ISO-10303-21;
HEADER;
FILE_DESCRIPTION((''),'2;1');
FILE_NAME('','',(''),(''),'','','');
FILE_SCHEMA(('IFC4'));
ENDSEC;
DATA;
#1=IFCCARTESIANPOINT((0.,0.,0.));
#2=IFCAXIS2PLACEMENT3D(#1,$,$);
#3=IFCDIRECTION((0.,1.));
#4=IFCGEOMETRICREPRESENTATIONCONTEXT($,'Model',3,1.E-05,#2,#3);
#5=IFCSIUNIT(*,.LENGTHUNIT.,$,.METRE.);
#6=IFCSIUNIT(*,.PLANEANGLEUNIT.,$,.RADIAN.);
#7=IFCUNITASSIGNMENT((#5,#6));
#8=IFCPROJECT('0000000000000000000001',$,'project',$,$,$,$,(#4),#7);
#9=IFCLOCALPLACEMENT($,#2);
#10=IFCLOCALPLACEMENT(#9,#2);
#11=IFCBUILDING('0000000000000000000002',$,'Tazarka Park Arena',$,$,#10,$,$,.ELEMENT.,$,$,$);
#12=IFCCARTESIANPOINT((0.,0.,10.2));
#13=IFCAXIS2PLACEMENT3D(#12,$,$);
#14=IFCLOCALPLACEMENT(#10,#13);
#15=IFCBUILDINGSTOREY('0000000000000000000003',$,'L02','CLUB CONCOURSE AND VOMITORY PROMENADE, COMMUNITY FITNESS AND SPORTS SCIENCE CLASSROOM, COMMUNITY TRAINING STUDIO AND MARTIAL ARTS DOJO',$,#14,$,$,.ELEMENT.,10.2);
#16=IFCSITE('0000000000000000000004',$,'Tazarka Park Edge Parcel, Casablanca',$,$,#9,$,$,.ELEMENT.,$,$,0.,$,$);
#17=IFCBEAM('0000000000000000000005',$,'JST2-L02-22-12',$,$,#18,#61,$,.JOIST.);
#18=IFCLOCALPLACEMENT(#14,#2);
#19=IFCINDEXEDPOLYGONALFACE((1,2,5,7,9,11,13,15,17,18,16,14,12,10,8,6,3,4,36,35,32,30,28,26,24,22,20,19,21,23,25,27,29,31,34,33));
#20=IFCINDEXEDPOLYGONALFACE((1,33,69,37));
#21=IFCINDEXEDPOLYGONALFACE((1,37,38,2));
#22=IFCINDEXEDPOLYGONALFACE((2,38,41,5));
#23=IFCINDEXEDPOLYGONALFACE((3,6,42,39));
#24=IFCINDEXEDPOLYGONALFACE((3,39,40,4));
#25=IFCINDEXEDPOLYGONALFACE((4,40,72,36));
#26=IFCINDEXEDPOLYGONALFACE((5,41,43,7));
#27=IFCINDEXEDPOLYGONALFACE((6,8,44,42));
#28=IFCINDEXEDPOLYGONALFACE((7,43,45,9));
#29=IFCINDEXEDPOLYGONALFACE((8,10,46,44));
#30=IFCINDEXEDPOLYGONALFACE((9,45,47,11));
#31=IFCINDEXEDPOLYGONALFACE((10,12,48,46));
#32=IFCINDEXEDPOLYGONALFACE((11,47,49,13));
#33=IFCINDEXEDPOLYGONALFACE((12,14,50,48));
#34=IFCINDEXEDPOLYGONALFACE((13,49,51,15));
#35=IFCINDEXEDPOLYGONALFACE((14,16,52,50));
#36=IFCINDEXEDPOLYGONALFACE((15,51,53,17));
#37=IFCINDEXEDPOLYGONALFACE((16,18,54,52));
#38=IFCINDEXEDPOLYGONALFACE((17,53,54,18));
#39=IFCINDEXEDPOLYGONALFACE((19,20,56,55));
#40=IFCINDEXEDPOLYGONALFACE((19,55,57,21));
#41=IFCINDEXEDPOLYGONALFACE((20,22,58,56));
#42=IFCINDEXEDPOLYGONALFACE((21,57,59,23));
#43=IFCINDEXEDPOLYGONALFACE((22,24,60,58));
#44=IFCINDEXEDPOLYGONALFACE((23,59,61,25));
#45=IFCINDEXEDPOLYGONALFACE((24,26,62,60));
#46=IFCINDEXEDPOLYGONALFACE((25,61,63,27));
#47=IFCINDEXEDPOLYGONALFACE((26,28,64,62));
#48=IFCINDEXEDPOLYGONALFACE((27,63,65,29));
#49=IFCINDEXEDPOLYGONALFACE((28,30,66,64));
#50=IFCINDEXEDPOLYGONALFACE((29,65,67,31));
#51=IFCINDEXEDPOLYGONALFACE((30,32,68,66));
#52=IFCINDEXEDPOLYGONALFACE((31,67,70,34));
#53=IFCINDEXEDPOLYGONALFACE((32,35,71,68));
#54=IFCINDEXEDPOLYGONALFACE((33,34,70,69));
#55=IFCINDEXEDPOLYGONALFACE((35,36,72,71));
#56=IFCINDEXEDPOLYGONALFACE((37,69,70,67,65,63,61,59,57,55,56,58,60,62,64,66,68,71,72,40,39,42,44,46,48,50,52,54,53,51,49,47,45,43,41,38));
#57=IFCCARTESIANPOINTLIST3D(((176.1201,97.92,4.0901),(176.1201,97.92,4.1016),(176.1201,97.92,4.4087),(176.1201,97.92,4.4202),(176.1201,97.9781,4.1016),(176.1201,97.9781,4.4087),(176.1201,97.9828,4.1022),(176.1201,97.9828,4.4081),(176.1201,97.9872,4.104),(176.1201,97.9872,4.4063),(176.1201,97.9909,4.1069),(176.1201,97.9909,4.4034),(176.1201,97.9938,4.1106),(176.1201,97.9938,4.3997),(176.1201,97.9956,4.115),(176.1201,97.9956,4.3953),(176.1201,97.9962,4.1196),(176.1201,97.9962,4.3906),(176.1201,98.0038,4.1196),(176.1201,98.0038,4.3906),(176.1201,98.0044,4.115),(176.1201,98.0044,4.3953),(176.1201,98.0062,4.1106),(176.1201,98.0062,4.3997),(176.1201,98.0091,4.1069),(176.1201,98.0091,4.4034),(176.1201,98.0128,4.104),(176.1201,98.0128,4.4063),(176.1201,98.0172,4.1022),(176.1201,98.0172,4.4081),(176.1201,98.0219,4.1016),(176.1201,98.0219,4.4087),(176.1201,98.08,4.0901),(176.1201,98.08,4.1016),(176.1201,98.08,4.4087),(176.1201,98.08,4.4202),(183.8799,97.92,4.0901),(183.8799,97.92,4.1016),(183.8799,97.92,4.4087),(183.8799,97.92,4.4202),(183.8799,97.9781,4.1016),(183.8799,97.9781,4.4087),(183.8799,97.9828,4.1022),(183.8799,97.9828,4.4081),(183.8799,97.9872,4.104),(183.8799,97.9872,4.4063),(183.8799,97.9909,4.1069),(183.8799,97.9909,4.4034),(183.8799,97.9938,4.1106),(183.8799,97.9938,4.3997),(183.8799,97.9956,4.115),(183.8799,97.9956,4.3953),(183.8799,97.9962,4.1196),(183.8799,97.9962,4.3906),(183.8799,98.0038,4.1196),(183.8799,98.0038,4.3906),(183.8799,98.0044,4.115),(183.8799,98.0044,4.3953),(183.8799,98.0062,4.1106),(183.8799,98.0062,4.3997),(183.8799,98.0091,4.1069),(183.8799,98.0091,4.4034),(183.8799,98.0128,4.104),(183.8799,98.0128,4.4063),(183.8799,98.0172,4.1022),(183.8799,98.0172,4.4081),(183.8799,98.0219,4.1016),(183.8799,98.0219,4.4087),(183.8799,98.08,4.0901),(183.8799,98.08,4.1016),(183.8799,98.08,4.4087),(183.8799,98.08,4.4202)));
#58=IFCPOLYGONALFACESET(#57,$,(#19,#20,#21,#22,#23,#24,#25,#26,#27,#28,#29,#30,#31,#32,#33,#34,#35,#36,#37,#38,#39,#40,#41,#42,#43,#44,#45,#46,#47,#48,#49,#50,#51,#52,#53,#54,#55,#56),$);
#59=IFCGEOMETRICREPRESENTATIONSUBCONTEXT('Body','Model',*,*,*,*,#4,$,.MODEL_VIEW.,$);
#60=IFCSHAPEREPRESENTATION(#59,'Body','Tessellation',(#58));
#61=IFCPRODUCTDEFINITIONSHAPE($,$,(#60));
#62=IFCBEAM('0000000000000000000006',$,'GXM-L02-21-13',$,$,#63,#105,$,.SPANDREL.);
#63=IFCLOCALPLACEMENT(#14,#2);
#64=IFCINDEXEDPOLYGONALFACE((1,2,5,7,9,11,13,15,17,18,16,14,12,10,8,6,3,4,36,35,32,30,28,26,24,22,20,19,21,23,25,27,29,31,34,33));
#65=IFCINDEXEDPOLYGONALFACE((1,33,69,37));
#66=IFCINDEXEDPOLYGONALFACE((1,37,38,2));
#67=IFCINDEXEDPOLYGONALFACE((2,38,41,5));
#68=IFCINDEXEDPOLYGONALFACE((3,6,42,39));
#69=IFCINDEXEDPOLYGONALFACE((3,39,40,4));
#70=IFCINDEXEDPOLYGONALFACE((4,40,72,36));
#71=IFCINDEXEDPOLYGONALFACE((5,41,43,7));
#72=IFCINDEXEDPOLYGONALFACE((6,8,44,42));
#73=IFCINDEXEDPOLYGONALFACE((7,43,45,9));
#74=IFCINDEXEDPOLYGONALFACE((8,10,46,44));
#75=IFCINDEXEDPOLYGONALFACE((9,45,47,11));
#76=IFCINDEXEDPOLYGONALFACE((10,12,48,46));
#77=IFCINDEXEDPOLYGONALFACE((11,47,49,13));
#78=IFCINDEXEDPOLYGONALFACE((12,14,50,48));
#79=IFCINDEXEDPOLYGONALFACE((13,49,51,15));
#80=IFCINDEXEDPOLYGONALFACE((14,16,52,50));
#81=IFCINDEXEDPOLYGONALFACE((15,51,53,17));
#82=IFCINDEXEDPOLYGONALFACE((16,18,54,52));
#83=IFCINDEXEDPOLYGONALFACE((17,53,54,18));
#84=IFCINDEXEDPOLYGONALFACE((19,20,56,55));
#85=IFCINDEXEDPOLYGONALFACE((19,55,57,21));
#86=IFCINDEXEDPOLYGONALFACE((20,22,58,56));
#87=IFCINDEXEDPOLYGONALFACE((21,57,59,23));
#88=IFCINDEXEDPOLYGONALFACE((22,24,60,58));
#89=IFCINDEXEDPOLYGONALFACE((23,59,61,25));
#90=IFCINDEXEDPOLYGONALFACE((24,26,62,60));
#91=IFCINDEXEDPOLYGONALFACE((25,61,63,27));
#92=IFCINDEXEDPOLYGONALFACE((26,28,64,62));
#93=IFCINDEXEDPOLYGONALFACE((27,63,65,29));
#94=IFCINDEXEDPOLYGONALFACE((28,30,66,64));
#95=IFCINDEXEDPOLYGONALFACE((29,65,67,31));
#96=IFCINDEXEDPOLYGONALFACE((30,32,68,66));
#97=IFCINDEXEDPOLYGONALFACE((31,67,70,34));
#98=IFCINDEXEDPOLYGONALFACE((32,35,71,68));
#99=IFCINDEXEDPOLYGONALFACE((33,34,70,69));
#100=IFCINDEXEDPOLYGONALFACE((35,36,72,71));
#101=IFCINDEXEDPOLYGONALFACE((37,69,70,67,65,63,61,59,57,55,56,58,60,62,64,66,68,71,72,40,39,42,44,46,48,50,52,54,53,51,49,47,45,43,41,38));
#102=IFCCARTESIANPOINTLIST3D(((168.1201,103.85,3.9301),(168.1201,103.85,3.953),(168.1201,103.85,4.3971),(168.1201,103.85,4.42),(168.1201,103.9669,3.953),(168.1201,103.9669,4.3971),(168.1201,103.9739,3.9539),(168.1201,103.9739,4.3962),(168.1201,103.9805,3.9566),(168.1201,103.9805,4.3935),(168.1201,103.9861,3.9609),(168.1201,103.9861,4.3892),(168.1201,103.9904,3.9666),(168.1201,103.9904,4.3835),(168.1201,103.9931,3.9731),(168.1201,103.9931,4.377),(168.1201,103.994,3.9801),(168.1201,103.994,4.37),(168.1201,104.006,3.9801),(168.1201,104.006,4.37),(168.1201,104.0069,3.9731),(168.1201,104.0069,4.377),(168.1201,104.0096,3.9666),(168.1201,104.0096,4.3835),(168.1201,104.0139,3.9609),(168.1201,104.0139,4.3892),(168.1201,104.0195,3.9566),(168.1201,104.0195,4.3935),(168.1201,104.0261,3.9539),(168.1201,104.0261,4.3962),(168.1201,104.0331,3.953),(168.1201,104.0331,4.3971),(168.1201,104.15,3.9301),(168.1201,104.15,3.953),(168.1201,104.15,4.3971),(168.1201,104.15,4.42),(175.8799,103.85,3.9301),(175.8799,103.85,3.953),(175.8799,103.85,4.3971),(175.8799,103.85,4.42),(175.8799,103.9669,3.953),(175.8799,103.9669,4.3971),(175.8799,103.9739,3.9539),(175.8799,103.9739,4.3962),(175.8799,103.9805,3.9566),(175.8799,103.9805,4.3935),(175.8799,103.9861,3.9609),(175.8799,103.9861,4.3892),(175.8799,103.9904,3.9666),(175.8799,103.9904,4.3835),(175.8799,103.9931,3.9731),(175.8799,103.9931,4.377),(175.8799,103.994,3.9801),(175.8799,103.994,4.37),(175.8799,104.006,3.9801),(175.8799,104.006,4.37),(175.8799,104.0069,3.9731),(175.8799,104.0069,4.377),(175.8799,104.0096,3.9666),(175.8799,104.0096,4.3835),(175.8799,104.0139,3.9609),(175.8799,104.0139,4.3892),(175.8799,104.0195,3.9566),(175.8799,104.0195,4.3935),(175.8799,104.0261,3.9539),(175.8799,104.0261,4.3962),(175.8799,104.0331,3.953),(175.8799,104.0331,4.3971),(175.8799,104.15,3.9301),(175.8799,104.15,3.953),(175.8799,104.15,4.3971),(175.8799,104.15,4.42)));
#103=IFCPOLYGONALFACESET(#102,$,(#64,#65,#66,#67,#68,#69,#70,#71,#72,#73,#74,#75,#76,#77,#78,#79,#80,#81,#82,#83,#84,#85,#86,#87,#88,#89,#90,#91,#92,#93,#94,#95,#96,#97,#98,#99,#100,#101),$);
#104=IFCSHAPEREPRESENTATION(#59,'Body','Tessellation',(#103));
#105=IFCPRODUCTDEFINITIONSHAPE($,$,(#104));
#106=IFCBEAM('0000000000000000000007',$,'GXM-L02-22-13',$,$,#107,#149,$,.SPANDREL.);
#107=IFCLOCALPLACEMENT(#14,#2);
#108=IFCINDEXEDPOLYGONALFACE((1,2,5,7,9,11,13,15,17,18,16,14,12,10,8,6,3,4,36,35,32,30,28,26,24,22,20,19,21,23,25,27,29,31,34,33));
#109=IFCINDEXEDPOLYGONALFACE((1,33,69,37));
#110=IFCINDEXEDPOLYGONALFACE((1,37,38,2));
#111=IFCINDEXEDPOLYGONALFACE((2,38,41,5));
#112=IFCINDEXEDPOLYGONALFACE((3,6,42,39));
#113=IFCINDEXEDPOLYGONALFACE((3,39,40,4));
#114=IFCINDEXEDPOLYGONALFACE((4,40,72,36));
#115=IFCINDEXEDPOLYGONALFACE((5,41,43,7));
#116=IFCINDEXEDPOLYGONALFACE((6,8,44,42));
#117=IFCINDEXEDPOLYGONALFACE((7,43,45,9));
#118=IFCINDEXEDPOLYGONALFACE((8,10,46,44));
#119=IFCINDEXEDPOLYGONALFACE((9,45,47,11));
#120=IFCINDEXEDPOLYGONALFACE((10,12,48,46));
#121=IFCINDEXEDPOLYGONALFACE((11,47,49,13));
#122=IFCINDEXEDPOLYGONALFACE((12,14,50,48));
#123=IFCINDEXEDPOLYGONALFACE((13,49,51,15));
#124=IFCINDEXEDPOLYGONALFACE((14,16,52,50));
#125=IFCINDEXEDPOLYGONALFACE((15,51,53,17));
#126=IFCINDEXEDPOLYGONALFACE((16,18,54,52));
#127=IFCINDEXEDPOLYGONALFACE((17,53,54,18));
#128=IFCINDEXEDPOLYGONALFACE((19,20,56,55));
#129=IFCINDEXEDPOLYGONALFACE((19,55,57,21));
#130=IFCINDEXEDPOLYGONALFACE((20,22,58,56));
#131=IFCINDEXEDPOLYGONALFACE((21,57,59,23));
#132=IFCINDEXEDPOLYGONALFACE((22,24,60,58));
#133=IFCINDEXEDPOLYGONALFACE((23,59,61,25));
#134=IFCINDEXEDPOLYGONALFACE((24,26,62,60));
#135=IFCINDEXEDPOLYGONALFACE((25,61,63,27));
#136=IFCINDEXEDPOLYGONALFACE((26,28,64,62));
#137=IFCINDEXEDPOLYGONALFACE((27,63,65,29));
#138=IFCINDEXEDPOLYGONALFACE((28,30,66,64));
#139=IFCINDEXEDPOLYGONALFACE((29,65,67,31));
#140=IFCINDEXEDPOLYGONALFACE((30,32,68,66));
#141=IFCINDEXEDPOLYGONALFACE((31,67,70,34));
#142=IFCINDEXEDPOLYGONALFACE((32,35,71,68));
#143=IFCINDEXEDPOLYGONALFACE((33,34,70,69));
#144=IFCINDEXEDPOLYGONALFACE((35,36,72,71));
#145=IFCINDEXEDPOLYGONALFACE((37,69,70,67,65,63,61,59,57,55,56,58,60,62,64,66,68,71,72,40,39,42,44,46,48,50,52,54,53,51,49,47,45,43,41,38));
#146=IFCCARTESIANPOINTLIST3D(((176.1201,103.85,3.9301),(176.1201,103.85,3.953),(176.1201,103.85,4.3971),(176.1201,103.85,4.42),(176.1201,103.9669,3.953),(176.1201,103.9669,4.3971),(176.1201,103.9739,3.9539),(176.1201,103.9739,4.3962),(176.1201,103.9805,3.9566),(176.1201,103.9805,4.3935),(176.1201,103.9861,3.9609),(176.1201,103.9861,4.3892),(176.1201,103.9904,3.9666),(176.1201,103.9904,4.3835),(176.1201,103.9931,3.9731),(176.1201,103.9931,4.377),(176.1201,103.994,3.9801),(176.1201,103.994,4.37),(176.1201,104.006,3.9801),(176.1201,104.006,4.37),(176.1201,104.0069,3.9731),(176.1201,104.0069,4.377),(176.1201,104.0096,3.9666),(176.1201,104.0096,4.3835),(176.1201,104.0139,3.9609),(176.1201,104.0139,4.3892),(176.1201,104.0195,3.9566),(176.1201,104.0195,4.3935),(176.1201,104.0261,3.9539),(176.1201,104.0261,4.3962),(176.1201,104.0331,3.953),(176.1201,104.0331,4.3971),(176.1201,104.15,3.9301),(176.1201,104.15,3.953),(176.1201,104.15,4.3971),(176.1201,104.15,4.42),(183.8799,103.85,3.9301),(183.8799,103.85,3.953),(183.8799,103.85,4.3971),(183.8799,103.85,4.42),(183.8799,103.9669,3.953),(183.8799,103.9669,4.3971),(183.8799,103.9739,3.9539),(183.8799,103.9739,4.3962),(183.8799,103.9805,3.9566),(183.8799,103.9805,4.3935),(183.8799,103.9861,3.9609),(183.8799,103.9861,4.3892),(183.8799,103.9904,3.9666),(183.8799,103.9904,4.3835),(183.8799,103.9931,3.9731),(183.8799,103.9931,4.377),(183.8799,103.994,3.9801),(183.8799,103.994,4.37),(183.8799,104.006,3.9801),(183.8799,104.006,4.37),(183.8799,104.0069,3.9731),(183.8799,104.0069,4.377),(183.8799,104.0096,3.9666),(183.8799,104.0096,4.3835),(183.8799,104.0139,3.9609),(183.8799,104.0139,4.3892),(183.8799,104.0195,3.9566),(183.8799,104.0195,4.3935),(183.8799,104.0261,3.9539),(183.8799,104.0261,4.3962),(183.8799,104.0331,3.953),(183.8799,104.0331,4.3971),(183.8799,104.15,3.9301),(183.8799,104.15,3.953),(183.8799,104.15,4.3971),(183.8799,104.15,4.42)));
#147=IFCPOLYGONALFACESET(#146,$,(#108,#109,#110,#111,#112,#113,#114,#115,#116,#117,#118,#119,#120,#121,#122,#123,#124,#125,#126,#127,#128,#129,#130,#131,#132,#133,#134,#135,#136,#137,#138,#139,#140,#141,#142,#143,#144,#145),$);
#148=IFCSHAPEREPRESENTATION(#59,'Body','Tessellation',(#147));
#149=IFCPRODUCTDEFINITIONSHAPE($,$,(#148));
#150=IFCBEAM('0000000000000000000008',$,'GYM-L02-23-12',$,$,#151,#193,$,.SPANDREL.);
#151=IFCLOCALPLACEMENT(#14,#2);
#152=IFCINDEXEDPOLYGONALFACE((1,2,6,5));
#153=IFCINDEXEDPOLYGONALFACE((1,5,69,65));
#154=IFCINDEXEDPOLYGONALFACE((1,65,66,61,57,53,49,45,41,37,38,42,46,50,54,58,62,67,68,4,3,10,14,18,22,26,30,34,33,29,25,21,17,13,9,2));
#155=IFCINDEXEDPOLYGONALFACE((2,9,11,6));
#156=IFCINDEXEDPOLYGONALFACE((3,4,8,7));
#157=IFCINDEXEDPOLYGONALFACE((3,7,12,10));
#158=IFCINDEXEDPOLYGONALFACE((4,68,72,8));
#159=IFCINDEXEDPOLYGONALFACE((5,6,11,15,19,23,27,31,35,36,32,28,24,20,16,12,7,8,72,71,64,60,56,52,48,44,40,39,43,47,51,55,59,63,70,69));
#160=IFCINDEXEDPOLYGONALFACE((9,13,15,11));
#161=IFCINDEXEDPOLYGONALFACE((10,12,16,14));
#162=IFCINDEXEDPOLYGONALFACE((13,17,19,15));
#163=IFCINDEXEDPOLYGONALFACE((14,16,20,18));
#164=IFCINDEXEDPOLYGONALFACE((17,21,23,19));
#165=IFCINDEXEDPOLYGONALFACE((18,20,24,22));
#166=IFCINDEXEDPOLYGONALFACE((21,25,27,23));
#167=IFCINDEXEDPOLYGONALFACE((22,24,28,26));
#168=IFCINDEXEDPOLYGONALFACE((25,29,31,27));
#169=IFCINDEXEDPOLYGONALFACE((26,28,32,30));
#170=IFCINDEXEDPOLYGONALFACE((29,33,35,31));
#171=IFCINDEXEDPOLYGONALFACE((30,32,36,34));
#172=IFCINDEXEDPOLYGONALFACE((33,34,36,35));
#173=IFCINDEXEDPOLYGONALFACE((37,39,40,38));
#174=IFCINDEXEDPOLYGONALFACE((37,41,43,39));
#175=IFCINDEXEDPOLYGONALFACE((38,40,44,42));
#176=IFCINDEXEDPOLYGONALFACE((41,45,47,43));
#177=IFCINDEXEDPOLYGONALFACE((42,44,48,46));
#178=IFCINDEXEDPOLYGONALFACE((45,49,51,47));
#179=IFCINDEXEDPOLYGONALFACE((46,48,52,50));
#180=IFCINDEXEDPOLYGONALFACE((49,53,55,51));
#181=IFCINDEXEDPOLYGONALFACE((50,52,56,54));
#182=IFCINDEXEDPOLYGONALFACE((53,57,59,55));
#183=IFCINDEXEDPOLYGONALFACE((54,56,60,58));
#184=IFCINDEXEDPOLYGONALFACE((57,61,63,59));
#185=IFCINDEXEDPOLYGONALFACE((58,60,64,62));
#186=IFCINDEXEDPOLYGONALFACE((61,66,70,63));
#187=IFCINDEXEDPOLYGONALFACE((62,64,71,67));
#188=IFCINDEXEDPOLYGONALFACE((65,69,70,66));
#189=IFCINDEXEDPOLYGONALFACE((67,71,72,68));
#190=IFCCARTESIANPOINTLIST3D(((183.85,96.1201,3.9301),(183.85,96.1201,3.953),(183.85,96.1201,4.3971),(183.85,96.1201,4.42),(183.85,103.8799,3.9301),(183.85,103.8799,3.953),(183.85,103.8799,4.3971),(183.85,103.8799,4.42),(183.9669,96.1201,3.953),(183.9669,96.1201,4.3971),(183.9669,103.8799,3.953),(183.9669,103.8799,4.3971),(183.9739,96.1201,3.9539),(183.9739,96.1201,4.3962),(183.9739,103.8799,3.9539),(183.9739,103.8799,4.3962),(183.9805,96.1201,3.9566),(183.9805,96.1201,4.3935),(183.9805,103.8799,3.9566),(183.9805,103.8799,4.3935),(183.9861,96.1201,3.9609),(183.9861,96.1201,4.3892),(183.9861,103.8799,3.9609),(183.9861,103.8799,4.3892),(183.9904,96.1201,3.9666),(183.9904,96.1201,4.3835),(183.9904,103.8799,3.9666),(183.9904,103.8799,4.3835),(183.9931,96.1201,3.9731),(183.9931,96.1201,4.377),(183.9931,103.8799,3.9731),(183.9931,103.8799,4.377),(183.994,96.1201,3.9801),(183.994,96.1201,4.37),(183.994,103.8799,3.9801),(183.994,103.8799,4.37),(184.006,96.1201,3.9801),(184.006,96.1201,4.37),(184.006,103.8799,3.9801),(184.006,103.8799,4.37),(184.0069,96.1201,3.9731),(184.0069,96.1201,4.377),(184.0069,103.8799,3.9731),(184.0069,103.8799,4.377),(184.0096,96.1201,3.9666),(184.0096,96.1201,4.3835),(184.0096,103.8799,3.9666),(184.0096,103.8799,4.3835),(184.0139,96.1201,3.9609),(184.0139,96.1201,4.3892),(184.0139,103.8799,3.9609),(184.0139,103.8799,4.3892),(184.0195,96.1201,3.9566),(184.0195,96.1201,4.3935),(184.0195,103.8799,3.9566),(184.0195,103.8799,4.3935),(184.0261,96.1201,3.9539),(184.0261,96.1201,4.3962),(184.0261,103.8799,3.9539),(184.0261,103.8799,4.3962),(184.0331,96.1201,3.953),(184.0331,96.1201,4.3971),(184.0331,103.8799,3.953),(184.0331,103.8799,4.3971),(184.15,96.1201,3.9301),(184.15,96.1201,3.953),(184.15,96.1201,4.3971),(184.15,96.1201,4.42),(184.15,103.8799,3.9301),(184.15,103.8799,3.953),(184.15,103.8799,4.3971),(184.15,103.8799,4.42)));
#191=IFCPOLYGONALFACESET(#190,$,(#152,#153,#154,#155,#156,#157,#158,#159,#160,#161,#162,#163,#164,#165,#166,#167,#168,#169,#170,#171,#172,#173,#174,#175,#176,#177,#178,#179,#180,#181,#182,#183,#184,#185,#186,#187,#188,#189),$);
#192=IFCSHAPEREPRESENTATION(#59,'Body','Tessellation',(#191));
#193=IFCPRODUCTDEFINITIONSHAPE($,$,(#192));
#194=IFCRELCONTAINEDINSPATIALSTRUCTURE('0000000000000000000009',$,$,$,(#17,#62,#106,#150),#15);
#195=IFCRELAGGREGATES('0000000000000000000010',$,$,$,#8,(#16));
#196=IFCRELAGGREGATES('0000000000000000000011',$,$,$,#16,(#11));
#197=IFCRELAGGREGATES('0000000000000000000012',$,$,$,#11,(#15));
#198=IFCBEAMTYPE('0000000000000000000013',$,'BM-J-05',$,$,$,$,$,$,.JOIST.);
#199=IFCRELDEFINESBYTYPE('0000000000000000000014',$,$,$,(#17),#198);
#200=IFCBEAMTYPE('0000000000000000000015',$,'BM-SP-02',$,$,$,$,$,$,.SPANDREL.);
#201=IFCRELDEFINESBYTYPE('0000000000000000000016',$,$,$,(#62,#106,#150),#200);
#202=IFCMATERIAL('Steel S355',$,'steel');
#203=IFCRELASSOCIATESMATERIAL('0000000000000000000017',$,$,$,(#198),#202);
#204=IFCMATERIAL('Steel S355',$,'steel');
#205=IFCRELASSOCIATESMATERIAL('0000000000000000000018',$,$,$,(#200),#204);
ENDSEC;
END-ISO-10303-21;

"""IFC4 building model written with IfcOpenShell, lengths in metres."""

from ifc_helpers import new_model, si_unit, direction, frame, origin, origin_2d, place, context, subcontext, project, spatial, i_section, extrude, material, material_profile, profile_set, type_object, element, save


model = new_model("IFC4")

# Units and contexts
model_context = context("Model", 3, precision=1e-05, world=origin(), true_north=direction((0.0, 1.0)))
body_context = subcontext(model_context, "Body", "Model", "MODEL_VIEW")
ifc_project = project(units=[si_unit("LENGTHUNIT", "METRE"), si_unit("PLANEANGLEUNIT", "RADIAN")], contexts=[model_context])

# Site, building, storey
site_placement = place(None, origin())
site = spatial("IfcSite", under=ifc_project, at=site_placement, Name="Tazarka Park Edge Parcel, Casablanca", CompositionType="ELEMENT", RefElevation=0.0)
building_placement = place(site_placement, origin())
building = spatial("IfcBuilding", under=site, at=building_placement, Name="Tazarka Park Arena", CompositionType="ELEMENT")
storey_placement = place(building_placement, frame((0.0, 0.0, 10.2)))
storey = spatial("IfcBuildingStorey", under=building, at=storey_placement, Name="L02", Description="CLUB CONCOURSE AND VOMITORY PROMENADE, COMMUNITY FITNESS AND SPORTS SCIENCE CLASSROOM, COMMUNITY TRAINING STUDIO AND MARTIAL ARTS DOJO", CompositionType="ELEMENT", Elevation=10.2)

# Beams
ifc_material_1 = material(Name="Steel S355", Category="steel")
ifc_material_profile_1 = material_profile(ifc_material_1, i_section(OverallWidth=0.1599, OverallDepth=0.3301, WebThickness=0.0076, FlangeThickness=0.0115, FilletRadius=0.0181, at=origin_2d()), Name="Steel S355")
ifc_profile_set_1 = profile_set([ifc_material_profile_1], Name="Steel S355")
beam_type_1 = type_object("IfcBeamType", Name="BM-J-05", PredefinedType="JOIST", material=ifc_profile_set_1)
beam_1_placement = place(storey_placement, frame((176.1201, 98.0, 4.2551), z_axis=(1.0, 0.0, 0.0), x_axis=(0.0, 1.0, 0.0)))
element("IfcBeam", 1, at=beam_1_placement, inside=storey, type_object=beam_type_1, Name="JST2-L02-22-12", PredefinedType="JOIST", context=body_context, shape_type="SweptSolid", body=[
    extrude(i_section(OverallWidth=0.1599, OverallDepth=0.3301, WebThickness=0.0076, FlangeThickness=0.0115, FilletRadius=0.0181, at=origin_2d()), origin(), (0.0, 0.0, 1.0), 7.7598),
])
ifc_material_2 = material(Name="Steel S355", Category="steel")
ifc_material_profile_2 = material_profile(ifc_material_2, i_section(OverallWidth=0.3, OverallDepth=0.49, WebThickness=0.012, FlangeThickness=0.0229, FilletRadius=0.0271, at=origin_2d()), Name="Steel S355")
ifc_profile_set_2 = profile_set([ifc_material_profile_2], Name="Steel S355")
beam_type_2 = type_object("IfcBeamType", Name="BM-SP-02", PredefinedType="SPANDREL", material=ifc_profile_set_2)
for number, where, z_axis, x_axis, name in (
    (2, (168.1201, 104.0, 4.175), (1.0, 0.0, 0.0), (0.0, 1.0, 0.0), "GXM-L02-21-13"),
    (3, (176.1201, 104.0, 4.175), (1.0, 0.0, 0.0), (0.0, 1.0, 0.0), "GXM-L02-22-13"),
    (4, (184.0, 96.1201, 4.175), (0.0, 1.0, 0.0), (-1.0, 0.0, 0.0), "GYM-L02-23-12"),
):
    element("IfcBeam", number, at=place(storey_placement, frame(where, z_axis=z_axis, x_axis=x_axis)), inside=storey, type_object=beam_type_2, Name=name, PredefinedType="SPANDREL", context=body_context, shape_type="SweptSolid", body=[
        extrude(i_section(OverallWidth=0.3, OverallDepth=0.49, WebThickness=0.012, FlangeThickness=0.0229, FilletRadius=0.0271, at=origin_2d()), origin(), (0.0, 0.0, 1.0), 7.7598),
    ])

save(model, "model.ifc")
